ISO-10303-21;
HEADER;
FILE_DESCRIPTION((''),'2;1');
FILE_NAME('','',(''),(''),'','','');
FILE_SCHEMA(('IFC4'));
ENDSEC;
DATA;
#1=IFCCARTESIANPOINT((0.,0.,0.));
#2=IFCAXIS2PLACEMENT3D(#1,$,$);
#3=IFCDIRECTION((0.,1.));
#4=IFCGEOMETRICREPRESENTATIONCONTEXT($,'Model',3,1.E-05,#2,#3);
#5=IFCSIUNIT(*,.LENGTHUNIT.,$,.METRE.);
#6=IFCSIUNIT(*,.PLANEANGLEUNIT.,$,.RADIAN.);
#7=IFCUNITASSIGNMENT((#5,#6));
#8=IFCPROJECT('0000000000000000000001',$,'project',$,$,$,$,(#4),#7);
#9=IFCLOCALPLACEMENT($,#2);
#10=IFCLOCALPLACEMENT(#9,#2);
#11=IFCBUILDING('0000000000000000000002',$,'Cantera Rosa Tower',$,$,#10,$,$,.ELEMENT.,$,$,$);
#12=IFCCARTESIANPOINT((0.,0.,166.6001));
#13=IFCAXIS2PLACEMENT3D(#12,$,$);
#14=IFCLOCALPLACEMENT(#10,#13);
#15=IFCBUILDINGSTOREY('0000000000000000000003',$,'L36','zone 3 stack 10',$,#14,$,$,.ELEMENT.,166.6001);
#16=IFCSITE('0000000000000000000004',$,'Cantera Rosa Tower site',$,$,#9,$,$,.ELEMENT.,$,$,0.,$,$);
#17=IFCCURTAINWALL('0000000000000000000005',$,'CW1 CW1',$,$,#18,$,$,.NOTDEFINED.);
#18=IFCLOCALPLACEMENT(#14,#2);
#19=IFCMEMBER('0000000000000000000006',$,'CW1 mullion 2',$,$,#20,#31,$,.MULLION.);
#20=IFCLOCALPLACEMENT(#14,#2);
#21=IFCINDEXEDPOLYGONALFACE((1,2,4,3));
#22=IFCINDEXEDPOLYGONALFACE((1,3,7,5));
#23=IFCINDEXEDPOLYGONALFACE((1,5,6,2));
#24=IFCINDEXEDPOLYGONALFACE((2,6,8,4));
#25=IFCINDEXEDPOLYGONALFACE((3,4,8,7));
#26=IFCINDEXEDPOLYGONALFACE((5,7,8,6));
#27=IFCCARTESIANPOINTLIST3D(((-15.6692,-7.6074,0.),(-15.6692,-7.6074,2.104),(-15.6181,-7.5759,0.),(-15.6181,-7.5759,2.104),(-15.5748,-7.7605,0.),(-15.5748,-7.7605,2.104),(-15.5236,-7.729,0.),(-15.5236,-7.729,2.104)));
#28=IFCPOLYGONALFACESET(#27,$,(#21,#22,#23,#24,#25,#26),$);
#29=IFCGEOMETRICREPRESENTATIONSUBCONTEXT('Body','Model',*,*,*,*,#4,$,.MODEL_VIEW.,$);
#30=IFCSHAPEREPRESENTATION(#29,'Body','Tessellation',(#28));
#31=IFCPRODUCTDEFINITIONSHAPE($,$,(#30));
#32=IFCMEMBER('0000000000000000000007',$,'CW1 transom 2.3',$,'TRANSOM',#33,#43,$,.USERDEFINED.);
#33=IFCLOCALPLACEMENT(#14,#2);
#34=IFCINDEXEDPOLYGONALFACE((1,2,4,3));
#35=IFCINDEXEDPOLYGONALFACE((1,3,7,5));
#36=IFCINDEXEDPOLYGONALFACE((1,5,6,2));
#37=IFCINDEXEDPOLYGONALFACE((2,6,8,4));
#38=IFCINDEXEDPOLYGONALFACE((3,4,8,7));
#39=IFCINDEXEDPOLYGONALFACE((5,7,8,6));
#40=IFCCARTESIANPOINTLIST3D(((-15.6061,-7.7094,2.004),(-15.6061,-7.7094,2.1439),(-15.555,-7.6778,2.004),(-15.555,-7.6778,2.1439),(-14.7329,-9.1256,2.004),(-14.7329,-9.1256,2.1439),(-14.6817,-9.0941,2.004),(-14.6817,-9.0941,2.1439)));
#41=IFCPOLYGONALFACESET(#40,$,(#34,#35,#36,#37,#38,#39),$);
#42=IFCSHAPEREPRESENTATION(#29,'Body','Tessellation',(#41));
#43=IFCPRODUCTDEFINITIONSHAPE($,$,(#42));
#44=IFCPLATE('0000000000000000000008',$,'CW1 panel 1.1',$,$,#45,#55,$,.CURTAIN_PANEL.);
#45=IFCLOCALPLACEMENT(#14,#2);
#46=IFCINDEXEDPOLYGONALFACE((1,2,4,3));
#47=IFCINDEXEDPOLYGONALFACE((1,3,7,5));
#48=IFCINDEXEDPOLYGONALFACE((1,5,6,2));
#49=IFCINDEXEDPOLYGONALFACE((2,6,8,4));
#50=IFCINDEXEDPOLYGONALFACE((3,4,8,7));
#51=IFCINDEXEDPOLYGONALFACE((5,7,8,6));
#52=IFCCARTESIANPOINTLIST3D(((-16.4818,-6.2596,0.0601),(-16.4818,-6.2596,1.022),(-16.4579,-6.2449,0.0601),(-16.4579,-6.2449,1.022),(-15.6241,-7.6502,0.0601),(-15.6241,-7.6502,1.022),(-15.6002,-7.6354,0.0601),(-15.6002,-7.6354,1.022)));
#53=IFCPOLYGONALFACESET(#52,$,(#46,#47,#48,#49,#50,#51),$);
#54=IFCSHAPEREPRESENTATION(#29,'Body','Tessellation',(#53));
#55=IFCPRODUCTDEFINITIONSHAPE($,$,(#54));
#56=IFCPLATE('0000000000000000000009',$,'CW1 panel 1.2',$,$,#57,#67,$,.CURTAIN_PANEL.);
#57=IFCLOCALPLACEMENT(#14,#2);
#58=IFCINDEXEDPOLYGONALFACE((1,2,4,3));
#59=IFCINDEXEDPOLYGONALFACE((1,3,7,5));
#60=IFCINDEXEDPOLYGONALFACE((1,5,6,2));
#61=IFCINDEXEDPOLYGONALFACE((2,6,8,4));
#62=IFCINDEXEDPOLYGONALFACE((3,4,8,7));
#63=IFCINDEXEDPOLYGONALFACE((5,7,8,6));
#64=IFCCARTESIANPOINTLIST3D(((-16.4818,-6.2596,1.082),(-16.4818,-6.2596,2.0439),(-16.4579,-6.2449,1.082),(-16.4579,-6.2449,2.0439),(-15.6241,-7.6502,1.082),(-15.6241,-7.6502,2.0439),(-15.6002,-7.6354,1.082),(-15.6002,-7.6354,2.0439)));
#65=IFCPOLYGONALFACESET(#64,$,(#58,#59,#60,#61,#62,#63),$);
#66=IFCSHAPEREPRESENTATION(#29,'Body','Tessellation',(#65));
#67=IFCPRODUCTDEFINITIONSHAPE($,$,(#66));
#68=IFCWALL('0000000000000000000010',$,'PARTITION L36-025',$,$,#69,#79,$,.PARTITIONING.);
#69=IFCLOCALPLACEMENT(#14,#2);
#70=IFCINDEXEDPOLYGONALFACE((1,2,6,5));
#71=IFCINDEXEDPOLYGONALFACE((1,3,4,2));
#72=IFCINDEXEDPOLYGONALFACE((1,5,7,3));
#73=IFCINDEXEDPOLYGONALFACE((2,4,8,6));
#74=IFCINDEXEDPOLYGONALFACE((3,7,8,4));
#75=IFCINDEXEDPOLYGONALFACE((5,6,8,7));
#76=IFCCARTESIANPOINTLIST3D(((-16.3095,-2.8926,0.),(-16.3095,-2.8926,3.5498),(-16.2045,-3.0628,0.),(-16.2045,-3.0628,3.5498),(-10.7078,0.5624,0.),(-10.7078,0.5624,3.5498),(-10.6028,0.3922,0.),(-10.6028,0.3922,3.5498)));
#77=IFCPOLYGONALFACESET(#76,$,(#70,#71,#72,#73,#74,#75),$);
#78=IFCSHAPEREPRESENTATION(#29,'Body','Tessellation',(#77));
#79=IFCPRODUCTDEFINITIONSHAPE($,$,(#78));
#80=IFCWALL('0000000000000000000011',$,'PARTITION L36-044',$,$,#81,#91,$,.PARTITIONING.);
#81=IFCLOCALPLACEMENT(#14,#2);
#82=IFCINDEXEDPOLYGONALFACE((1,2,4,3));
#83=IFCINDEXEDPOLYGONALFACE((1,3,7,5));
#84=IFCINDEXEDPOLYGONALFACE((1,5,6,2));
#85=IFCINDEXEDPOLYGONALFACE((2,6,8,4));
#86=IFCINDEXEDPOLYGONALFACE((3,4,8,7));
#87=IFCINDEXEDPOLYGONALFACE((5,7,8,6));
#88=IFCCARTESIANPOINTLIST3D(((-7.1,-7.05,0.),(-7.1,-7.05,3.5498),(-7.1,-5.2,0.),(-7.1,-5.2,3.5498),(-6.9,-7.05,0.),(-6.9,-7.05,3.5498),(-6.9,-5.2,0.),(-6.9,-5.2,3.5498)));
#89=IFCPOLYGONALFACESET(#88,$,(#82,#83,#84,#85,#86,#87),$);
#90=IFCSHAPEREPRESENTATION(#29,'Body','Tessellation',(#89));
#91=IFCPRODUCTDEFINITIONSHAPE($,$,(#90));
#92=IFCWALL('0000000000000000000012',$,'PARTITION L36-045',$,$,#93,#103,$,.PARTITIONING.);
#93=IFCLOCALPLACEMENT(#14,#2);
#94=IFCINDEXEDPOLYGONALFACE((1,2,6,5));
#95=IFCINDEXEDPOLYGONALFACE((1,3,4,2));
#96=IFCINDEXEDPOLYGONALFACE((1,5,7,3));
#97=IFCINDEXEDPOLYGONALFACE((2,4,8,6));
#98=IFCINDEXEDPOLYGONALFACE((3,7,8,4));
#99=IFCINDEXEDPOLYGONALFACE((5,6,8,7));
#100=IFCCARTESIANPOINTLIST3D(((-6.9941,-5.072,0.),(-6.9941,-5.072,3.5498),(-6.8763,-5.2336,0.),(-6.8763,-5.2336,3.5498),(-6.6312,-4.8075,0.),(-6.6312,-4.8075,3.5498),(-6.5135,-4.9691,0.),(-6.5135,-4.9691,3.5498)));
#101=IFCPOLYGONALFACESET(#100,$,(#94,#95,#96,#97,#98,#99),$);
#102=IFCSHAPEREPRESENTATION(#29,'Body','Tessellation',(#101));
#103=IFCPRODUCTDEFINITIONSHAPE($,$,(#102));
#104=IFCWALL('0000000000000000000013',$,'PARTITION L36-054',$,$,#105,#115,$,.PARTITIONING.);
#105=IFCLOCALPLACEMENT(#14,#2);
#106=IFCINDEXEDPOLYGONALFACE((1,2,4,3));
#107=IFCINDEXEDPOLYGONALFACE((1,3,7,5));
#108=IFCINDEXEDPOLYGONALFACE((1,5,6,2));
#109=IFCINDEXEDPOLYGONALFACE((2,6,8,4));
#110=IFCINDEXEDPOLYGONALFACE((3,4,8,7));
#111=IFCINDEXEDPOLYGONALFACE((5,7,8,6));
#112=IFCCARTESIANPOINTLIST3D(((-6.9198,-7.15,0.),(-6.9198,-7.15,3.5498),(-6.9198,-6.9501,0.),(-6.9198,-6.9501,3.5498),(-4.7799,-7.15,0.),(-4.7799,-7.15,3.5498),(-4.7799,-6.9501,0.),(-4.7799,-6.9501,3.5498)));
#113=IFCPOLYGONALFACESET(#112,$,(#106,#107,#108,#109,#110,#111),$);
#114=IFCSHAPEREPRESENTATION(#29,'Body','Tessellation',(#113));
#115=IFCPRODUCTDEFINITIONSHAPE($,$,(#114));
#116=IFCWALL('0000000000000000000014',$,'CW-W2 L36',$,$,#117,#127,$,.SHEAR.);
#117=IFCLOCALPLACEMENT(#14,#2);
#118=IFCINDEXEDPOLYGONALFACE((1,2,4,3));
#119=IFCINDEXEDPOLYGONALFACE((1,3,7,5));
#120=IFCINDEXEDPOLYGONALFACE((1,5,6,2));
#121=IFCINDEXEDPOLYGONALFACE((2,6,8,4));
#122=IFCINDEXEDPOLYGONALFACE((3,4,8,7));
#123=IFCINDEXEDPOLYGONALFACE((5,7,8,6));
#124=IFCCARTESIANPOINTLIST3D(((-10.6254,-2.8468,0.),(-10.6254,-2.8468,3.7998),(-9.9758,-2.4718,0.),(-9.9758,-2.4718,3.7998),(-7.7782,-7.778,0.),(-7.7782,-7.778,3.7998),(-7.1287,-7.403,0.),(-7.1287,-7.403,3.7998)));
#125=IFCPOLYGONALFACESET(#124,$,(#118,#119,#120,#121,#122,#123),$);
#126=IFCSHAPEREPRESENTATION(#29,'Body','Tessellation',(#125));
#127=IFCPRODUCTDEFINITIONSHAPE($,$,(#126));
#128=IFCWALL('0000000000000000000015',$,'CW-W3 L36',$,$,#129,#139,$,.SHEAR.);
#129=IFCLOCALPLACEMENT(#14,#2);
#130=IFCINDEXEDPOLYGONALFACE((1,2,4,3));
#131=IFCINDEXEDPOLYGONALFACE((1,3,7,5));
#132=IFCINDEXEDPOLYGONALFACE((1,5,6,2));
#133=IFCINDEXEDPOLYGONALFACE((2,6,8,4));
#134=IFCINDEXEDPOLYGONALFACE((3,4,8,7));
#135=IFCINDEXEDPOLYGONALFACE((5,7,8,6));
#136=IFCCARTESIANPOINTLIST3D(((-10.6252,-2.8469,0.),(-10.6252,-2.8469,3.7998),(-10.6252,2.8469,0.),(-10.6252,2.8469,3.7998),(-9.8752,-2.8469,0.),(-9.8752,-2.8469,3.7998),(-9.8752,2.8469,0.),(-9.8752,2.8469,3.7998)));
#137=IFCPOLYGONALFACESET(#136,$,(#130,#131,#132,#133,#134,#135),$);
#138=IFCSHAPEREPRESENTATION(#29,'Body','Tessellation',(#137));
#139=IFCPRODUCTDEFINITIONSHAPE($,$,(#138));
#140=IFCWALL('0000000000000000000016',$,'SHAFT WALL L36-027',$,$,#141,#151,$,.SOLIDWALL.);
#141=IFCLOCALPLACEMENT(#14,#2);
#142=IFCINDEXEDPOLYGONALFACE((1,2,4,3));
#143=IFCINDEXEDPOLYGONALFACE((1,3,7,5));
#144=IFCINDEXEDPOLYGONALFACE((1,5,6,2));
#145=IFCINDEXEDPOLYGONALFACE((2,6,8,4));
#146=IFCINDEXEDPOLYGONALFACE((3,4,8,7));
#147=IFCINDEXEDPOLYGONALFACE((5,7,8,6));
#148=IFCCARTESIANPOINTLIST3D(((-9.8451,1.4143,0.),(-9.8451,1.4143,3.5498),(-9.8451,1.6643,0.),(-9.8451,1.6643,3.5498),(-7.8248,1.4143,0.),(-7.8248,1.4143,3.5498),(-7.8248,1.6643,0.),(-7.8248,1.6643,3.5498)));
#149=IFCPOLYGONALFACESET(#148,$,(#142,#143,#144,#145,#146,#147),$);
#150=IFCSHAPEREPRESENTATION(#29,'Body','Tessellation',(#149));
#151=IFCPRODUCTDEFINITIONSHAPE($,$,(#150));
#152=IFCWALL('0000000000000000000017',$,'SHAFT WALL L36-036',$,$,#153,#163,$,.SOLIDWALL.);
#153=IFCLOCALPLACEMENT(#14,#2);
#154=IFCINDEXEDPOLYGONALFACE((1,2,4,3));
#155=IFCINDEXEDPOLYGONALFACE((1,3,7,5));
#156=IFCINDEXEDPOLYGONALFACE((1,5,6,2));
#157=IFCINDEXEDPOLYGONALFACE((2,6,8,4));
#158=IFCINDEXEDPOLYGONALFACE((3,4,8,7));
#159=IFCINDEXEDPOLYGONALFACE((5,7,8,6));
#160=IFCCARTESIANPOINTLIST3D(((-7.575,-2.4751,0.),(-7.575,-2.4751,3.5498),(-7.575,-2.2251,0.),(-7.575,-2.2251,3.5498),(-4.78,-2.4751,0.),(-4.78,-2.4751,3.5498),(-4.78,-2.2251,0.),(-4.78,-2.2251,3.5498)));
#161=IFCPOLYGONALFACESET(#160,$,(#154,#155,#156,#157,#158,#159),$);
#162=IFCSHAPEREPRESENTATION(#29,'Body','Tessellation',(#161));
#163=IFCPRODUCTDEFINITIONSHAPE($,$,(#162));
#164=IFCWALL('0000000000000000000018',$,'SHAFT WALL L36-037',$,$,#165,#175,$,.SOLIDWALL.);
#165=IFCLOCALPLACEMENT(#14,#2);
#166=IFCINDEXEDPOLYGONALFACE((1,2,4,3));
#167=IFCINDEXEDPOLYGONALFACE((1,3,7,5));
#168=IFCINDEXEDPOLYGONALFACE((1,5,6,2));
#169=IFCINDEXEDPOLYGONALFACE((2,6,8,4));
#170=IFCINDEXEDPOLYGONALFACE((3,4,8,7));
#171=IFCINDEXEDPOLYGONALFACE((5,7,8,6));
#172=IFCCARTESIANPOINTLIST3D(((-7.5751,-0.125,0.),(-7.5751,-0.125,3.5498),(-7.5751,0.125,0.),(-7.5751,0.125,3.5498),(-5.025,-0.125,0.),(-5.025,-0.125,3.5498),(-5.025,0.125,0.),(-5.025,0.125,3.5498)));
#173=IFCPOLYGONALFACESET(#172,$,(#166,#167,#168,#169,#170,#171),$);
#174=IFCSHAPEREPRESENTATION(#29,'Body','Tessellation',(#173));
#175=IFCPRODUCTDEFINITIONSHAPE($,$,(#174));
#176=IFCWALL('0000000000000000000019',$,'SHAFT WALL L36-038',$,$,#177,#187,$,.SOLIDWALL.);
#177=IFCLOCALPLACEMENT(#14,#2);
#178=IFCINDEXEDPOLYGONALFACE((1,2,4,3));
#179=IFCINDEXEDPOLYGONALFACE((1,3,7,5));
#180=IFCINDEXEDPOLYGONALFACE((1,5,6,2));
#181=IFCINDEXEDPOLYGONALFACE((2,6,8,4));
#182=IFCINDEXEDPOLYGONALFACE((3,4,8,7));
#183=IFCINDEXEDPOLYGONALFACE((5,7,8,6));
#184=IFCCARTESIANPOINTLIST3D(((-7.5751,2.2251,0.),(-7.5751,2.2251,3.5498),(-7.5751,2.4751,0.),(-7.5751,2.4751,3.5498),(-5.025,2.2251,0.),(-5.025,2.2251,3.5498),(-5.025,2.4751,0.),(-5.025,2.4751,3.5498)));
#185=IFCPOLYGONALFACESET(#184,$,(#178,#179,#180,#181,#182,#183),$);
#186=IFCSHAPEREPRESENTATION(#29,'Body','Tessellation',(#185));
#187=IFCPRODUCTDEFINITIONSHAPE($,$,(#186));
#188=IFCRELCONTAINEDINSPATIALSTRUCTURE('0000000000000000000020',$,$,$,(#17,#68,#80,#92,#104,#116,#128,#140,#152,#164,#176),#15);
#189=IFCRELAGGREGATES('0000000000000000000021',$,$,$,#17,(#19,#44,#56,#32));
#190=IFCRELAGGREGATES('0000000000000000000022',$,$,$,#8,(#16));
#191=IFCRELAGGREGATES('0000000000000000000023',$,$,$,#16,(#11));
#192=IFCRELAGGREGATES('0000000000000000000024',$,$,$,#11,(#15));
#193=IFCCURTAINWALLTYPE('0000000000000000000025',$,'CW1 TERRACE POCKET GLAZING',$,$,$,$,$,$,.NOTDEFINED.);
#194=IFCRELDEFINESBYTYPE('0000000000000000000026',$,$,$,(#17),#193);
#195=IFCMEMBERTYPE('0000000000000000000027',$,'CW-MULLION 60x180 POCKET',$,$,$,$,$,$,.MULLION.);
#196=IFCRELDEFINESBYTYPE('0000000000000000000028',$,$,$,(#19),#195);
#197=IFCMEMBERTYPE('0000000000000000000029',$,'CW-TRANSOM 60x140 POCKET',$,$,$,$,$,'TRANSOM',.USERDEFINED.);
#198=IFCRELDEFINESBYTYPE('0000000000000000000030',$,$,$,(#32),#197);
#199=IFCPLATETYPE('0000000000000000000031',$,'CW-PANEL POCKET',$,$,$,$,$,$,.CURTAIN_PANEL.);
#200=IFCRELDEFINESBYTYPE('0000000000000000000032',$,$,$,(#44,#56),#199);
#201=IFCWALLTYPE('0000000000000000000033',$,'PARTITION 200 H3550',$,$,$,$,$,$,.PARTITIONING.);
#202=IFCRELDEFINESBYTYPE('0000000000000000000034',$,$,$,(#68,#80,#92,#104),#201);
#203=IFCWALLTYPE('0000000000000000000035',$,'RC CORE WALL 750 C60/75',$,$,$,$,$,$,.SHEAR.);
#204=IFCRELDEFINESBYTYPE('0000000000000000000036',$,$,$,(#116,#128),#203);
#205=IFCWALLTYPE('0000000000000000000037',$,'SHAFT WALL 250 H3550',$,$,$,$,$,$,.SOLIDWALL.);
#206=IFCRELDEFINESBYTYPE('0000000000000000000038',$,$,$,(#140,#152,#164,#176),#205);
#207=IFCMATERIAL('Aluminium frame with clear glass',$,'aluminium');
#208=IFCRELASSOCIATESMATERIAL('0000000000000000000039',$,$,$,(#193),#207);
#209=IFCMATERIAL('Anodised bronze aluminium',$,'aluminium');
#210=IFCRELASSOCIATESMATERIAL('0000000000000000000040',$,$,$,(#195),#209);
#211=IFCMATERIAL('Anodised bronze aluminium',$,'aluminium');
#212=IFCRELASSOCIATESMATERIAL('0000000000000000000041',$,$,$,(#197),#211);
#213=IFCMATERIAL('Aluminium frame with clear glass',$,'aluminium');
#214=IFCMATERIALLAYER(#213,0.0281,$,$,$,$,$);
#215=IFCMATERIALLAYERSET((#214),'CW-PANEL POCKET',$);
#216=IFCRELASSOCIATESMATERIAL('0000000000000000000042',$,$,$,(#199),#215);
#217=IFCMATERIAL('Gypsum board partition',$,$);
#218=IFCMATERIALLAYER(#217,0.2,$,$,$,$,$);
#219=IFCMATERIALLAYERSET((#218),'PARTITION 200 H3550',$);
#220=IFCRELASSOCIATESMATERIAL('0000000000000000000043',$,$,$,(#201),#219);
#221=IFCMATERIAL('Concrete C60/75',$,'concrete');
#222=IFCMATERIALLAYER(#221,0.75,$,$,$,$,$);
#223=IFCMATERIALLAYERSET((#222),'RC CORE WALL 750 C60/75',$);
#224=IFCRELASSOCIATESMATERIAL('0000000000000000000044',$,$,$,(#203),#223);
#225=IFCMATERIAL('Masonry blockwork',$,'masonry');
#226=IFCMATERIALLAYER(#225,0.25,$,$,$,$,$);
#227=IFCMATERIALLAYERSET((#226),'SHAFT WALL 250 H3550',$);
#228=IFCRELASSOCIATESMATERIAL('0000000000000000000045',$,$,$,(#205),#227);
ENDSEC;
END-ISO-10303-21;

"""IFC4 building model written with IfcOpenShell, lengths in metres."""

from ifc_helpers import new_model, si_unit, direction, frame, frame_2d, origin, origin_2d, place, context, subcontext, project, spatial, rectangle, extrude, material, layer, layer_set, material_profile, profile_set, type_object, element, aggregate, save


model = new_model("IFC4")

# Units and contexts
model_context = context("Model", 3, precision=1e-05, world=origin(), true_north=direction((0.0, 1.0)))
body_context = subcontext(model_context, "Body", "Model", "MODEL_VIEW")
ifc_project = project(units=[si_unit("LENGTHUNIT", "METRE"), si_unit("PLANEANGLEUNIT", "RADIAN")], contexts=[model_context])

# Site, building, storey
site_placement = place(None, origin())
site = spatial("IfcSite", under=ifc_project, at=site_placement, Name="Cantera Rosa Tower site", CompositionType="ELEMENT", RefElevation=0.0)
building_placement = place(site_placement, origin())
building = spatial("IfcBuilding", under=site, at=building_placement, Name="Cantera Rosa Tower", CompositionType="ELEMENT")
storey_placement = place(building_placement, frame((0.0, 0.0, 166.6001)))
storey = spatial("IfcBuildingStorey", under=building, at=storey_placement, Name="L36", Description="zone 3 stack 10", CompositionType="ELEMENT", Elevation=166.6001)

# Curtain wall, members, plates
ifc_material_1 = material(Name="Aluminium frame with clear glass", Category="aluminium")
curtain_wall_type = type_object("IfcCurtainWallType", Name="CW1 TERRACE POCKET GLAZING", PredefinedType="NOTDEFINED", material=ifc_material_1)
curtain_wall_placement = place(storey_placement, origin())
curtain_wall = element("IfcCurtainWall", 1, at=curtain_wall_placement, inside=storey, type_object=curtain_wall_type, Name="CW1 CW1", PredefinedType="NOTDEFINED")
ifc_material_2 = material(Name="Anodised bronze aluminium", Category="aluminium")
ifc_material_profile_1 = material_profile(ifc_material_2, rectangle(XDim=0.0601, YDim=0.1799, at=origin_2d()), Name="CW-MULLION 60x180 POCKET")
ifc_profile_set_1 = profile_set([ifc_material_profile_1], Name="Anodised bronze aluminium")
member_type_1 = type_object("IfcMemberType", Name="CW-MULLION 60x180 POCKET", PredefinedType="MULLION", material=ifc_profile_set_1)
member_1_placement = place(storey_placement, frame((-15.5964, -7.6682, 0.0), z_axis=(0.0, 0.0, 1.0), x_axis=(0.851117, 0.524977, 0.0)))
member_1 = element("IfcMember", 2, at=member_1_placement, type_object=member_type_1, Name="CW1 mullion 2", PredefinedType="MULLION", context=body_context, shape_type="SweptSolid", body=[
    extrude(rectangle(XDim=0.0601, YDim=0.1799, at=origin_2d()), origin(), (0.0, 0.0, 1.0), 2.104),
])
ifc_material_3 = material(Name="Anodised bronze aluminium", Category="aluminium")
ifc_material_profile_2 = material_profile(ifc_material_3, rectangle(XDim=0.0601, YDim=0.1399, at=origin_2d()), Name="CW-TRANSOM 60x140 POCKET")
ifc_profile_set_2 = profile_set([ifc_material_profile_2], Name="Anodised bronze aluminium")
member_type_2 = type_object("IfcMemberType", Name="CW-TRANSOM 60x140 POCKET", ElementType="TRANSOM", PredefinedType="USERDEFINED", material=ifc_profile_set_2)
member_2_placement = place(storey_placement, frame((-15.5806, -7.6936, 2.074), z_axis=(0.524859, -0.851189, 0.0), x_axis=(0.851189, 0.524859, 0.0)))
member_2 = element("IfcMember", 3, at=member_2_placement, type_object=member_type_2, Name="CW1 transom 2.3", ObjectType="TRANSOM", PredefinedType="USERDEFINED", context=body_context, shape_type="SweptSolid", body=[
    extrude(rectangle(XDim=0.0601, YDim=0.1399, at=origin_2d()), origin(), (0.0, 0.0, 1.0), 1.6638),
])
ifc_material_4 = material(Name="Aluminium frame with clear glass", Category="aluminium")
ifc_layer_1 = layer(ifc_material_4, 0.0281)
ifc_layer_set_1 = layer_set([ifc_layer_1], Name="CW-PANEL POCKET")
plate_type = type_object("IfcPlateType", Name="CW-PANEL POCKET", PredefinedType="CURTAIN_PANEL", material=ifc_layer_set_1)
plate_1_placement = place(storey_placement, frame((-16.041, -6.9475, 0.0601), z_axis=(0.0, 0.0, 1.0), x_axis=(0.524977, -0.851117, 0.0)))
plate_1 = element("IfcPlate", 4, at=plate_1_placement, type_object=plate_type, Name="CW1 panel 1.1", PredefinedType="CURTAIN_PANEL", context=body_context, shape_type="SweptSolid", body=[
    extrude(rectangle(XDim=1.6338, YDim=0.0281, at=origin_2d()), origin(), (0.0, 0.0, 1.0), 0.9619),
])
plate_2_placement = place(storey_placement, frame((-16.041, -6.9475, 1.082), z_axis=(0.0, 0.0, 1.0), x_axis=(0.524977, -0.851117, 0.0)))
plate_2 = element("IfcPlate", 5, at=plate_2_placement, type_object=plate_type, Name="CW1 panel 1.2", PredefinedType="CURTAIN_PANEL", context=body_context, shape_type="SweptSolid", body=[
    extrude(rectangle(XDim=1.6338, YDim=0.0281, at=origin_2d()), origin(), (0.0, 0.0, 1.0), 0.9619),
])
aggregate(curtain_wall, [member_1, plate_1, plate_2, member_2])

# Walls
ifc_material_5 = material(Name="Gypsum board partition")
ifc_layer_2 = layer(ifc_material_5, 0.2)
ifc_layer_set_2 = layer_set([ifc_layer_2], Name="PARTITION 200 H3550")
wall_type_1 = type_object("IfcWallType", Name="PARTITION 200 H3550", PredefinedType="PARTITIONING", material=ifc_layer_set_2)
wall_1_placement = place(storey_placement, frame((-10.6553, 0.4773, 0.0), z_axis=(0.0, 0.0, 1.0), x_axis=(-0.851128, -0.524958, 0.0)))
element("IfcWall", 6, at=wall_1_placement, inside=storey, type_object=wall_type_1, Name="PARTITION L36-025", PredefinedType="PARTITIONING", context=body_context, shape_type="SweptSolid", body=[
    extrude(rectangle(XDim=6.5815, YDim=0.2, at=frame_2d((3.2908, 0.0))), origin(), (0.0, 0.0, 1.0), 3.5498),
])
wall_2_placement = place(storey_placement, frame((-7.0, -7.05, 0.0), z_axis=(0.0, 0.0, 1.0), x_axis=(0.0, 1.0, 0.0)))
element("IfcWall", 7, at=wall_2_placement, inside=storey, type_object=wall_type_1, Name="PARTITION L36-044", PredefinedType="PARTITIONING", context=body_context, shape_type="SweptSolid", body=[
    extrude(rectangle(XDim=1.8501, YDim=0.2, at=frame_2d((0.925, 0.0))), origin(), (0.0, 0.0, 1.0), 3.5498),
])
wall_3_placement = place(storey_placement, frame((-6.9353, -5.1528, 0.0), z_axis=(0.0, 0.0, 1.0), x_axis=(0.808148, 0.58898, 0.0)))
element("IfcWall", 8, at=wall_3_placement, inside=storey, type_object=wall_type_1, Name="PARTITION L36-045", PredefinedType="PARTITIONING", context=body_context, shape_type="SweptSolid", body=[
    extrude(rectangle(XDim=0.449, YDim=0.2, at=frame_2d((0.2246, 0.0))), origin(), (0.0, 0.0, 1.0), 3.5498),
])
wall_4_placement = place(storey_placement, frame((-4.78, -7.05, 0.0), z_axis=(0.0, 0.0, 1.0), x_axis=(-1.0, 0.0, 0.0)))
element("IfcWall", 9, at=wall_4_placement, inside=storey, type_object=wall_type_1, Name="PARTITION L36-054", PredefinedType="PARTITIONING", context=body_context, shape_type="SweptSolid", body=[
    extrude(rectangle(XDim=2.1399, YDim=0.2, at=frame_2d((1.0698, 0.0))), origin(), (0.0, 0.0, 1.0), 3.5498),
])
ifc_material_6 = material(Name="Concrete C60/75", Category="concrete")
ifc_layer_3 = layer(ifc_material_6, 0.75)
ifc_layer_set_3 = layer_set([ifc_layer_3], Name="RC CORE WALL 750 C60/75")
wall_type_2 = type_object("IfcWallType", Name="RC CORE WALL 750 C60/75", PredefinedType="SHEAR", material=ifc_layer_set_3)
wall_5_placement = place(storey_placement, frame((-7.4534, -7.5906, 0.0), z_axis=(0.0, 0.0, 1.0), x_axis=(-0.500022, 0.866013, 0.0)))
element("IfcWall", 10, at=wall_5_placement, inside=storey, type_object=wall_type_2, Name="CW-W2 L36", PredefinedType="SHEAR", context=body_context, shape_type="SweptSolid", body=[
    extrude(rectangle(XDim=5.6941, YDim=0.75, at=frame_2d((2.8472, 0.0))), origin(), (0.0, 0.0, 1.0), 3.7998),
])
wall_6_placement = place(storey_placement, frame((-10.2502, -2.8469, 0.0), z_axis=(0.0, 0.0, 1.0), x_axis=(0.0, 1.0, 0.0)))
element("IfcWall", 11, at=wall_6_placement, inside=storey, type_object=wall_type_2, Name="CW-W3 L36", PredefinedType="SHEAR", context=body_context, shape_type="SweptSolid", body=[
    extrude(rectangle(XDim=5.6938, YDim=0.75, at=frame_2d((2.8469, 0.0))), origin(), (0.0, 0.0, 1.0), 3.7998),
])
ifc_material_7 = material(Name="Masonry blockwork", Category="masonry")
ifc_layer_4 = layer(ifc_material_7, 0.25)
ifc_layer_set_4 = layer_set([ifc_layer_4], Name="SHAFT WALL 250 H3550")
wall_type_3 = type_object("IfcWallType", Name="SHAFT WALL 250 H3550", PredefinedType="SOLIDWALL", material=ifc_layer_set_4)
wall_7_placement = place(storey_placement, frame((-9.8452, 1.5393, 0.0), z_axis=(0.0, 0.0, 1.0), x_axis=(1.0, 0.0, 0.0)))
element("IfcWall", 12, at=wall_7_placement, inside=storey, type_object=wall_type_3, Name="SHAFT WALL L36-027", PredefinedType="SOLIDWALL", context=body_context, shape_type="SweptSolid", body=[
    extrude(rectangle(XDim=2.0203, YDim=0.25, at=frame_2d((1.0103, 0.0))), origin(), (0.0, 0.0, 1.0), 3.5498),
])
wall_8_placement = place(storey_placement, frame((-7.575, -2.3501, 0.0), z_axis=(0.0, 0.0, 1.0), x_axis=(1.0, 0.0, 0.0)))
element("IfcWall", 13, at=wall_8_placement, inside=storey, type_object=wall_type_3, Name="SHAFT WALL L36-036", PredefinedType="SOLIDWALL", context=body_context, shape_type="SweptSolid", body=[
    extrude(rectangle(XDim=2.7949, YDim=0.25, at=frame_2d((1.3975, 0.0))), origin(), (0.0, 0.0, 1.0), 3.5498),
])
for number, where, z_axis, x_axis, name in (
    (14, (-7.575, 0.0, 0.0), (0.0, 0.0, 1.0), (1.0, 0.0, 0.0), "SHAFT WALL L36-037"),
    (15, (-7.575, 2.3501, 0.0), (0.0, 0.0, 1.0), (1.0, 0.0, 0.0), "SHAFT WALL L36-038"),
):
    element("IfcWall", number, at=place(storey_placement, frame(where, z_axis=z_axis, x_axis=x_axis)), inside=storey, type_object=wall_type_3, Name=name, PredefinedType="SOLIDWALL", context=body_context, shape_type="SweptSolid", body=[
        extrude(rectangle(XDim=2.55, YDim=0.25, at=frame_2d((1.2749, 0.0))), origin(), (0.0, 0.0, 1.0), 3.5498),
    ])

save(model, "model.ifc")
